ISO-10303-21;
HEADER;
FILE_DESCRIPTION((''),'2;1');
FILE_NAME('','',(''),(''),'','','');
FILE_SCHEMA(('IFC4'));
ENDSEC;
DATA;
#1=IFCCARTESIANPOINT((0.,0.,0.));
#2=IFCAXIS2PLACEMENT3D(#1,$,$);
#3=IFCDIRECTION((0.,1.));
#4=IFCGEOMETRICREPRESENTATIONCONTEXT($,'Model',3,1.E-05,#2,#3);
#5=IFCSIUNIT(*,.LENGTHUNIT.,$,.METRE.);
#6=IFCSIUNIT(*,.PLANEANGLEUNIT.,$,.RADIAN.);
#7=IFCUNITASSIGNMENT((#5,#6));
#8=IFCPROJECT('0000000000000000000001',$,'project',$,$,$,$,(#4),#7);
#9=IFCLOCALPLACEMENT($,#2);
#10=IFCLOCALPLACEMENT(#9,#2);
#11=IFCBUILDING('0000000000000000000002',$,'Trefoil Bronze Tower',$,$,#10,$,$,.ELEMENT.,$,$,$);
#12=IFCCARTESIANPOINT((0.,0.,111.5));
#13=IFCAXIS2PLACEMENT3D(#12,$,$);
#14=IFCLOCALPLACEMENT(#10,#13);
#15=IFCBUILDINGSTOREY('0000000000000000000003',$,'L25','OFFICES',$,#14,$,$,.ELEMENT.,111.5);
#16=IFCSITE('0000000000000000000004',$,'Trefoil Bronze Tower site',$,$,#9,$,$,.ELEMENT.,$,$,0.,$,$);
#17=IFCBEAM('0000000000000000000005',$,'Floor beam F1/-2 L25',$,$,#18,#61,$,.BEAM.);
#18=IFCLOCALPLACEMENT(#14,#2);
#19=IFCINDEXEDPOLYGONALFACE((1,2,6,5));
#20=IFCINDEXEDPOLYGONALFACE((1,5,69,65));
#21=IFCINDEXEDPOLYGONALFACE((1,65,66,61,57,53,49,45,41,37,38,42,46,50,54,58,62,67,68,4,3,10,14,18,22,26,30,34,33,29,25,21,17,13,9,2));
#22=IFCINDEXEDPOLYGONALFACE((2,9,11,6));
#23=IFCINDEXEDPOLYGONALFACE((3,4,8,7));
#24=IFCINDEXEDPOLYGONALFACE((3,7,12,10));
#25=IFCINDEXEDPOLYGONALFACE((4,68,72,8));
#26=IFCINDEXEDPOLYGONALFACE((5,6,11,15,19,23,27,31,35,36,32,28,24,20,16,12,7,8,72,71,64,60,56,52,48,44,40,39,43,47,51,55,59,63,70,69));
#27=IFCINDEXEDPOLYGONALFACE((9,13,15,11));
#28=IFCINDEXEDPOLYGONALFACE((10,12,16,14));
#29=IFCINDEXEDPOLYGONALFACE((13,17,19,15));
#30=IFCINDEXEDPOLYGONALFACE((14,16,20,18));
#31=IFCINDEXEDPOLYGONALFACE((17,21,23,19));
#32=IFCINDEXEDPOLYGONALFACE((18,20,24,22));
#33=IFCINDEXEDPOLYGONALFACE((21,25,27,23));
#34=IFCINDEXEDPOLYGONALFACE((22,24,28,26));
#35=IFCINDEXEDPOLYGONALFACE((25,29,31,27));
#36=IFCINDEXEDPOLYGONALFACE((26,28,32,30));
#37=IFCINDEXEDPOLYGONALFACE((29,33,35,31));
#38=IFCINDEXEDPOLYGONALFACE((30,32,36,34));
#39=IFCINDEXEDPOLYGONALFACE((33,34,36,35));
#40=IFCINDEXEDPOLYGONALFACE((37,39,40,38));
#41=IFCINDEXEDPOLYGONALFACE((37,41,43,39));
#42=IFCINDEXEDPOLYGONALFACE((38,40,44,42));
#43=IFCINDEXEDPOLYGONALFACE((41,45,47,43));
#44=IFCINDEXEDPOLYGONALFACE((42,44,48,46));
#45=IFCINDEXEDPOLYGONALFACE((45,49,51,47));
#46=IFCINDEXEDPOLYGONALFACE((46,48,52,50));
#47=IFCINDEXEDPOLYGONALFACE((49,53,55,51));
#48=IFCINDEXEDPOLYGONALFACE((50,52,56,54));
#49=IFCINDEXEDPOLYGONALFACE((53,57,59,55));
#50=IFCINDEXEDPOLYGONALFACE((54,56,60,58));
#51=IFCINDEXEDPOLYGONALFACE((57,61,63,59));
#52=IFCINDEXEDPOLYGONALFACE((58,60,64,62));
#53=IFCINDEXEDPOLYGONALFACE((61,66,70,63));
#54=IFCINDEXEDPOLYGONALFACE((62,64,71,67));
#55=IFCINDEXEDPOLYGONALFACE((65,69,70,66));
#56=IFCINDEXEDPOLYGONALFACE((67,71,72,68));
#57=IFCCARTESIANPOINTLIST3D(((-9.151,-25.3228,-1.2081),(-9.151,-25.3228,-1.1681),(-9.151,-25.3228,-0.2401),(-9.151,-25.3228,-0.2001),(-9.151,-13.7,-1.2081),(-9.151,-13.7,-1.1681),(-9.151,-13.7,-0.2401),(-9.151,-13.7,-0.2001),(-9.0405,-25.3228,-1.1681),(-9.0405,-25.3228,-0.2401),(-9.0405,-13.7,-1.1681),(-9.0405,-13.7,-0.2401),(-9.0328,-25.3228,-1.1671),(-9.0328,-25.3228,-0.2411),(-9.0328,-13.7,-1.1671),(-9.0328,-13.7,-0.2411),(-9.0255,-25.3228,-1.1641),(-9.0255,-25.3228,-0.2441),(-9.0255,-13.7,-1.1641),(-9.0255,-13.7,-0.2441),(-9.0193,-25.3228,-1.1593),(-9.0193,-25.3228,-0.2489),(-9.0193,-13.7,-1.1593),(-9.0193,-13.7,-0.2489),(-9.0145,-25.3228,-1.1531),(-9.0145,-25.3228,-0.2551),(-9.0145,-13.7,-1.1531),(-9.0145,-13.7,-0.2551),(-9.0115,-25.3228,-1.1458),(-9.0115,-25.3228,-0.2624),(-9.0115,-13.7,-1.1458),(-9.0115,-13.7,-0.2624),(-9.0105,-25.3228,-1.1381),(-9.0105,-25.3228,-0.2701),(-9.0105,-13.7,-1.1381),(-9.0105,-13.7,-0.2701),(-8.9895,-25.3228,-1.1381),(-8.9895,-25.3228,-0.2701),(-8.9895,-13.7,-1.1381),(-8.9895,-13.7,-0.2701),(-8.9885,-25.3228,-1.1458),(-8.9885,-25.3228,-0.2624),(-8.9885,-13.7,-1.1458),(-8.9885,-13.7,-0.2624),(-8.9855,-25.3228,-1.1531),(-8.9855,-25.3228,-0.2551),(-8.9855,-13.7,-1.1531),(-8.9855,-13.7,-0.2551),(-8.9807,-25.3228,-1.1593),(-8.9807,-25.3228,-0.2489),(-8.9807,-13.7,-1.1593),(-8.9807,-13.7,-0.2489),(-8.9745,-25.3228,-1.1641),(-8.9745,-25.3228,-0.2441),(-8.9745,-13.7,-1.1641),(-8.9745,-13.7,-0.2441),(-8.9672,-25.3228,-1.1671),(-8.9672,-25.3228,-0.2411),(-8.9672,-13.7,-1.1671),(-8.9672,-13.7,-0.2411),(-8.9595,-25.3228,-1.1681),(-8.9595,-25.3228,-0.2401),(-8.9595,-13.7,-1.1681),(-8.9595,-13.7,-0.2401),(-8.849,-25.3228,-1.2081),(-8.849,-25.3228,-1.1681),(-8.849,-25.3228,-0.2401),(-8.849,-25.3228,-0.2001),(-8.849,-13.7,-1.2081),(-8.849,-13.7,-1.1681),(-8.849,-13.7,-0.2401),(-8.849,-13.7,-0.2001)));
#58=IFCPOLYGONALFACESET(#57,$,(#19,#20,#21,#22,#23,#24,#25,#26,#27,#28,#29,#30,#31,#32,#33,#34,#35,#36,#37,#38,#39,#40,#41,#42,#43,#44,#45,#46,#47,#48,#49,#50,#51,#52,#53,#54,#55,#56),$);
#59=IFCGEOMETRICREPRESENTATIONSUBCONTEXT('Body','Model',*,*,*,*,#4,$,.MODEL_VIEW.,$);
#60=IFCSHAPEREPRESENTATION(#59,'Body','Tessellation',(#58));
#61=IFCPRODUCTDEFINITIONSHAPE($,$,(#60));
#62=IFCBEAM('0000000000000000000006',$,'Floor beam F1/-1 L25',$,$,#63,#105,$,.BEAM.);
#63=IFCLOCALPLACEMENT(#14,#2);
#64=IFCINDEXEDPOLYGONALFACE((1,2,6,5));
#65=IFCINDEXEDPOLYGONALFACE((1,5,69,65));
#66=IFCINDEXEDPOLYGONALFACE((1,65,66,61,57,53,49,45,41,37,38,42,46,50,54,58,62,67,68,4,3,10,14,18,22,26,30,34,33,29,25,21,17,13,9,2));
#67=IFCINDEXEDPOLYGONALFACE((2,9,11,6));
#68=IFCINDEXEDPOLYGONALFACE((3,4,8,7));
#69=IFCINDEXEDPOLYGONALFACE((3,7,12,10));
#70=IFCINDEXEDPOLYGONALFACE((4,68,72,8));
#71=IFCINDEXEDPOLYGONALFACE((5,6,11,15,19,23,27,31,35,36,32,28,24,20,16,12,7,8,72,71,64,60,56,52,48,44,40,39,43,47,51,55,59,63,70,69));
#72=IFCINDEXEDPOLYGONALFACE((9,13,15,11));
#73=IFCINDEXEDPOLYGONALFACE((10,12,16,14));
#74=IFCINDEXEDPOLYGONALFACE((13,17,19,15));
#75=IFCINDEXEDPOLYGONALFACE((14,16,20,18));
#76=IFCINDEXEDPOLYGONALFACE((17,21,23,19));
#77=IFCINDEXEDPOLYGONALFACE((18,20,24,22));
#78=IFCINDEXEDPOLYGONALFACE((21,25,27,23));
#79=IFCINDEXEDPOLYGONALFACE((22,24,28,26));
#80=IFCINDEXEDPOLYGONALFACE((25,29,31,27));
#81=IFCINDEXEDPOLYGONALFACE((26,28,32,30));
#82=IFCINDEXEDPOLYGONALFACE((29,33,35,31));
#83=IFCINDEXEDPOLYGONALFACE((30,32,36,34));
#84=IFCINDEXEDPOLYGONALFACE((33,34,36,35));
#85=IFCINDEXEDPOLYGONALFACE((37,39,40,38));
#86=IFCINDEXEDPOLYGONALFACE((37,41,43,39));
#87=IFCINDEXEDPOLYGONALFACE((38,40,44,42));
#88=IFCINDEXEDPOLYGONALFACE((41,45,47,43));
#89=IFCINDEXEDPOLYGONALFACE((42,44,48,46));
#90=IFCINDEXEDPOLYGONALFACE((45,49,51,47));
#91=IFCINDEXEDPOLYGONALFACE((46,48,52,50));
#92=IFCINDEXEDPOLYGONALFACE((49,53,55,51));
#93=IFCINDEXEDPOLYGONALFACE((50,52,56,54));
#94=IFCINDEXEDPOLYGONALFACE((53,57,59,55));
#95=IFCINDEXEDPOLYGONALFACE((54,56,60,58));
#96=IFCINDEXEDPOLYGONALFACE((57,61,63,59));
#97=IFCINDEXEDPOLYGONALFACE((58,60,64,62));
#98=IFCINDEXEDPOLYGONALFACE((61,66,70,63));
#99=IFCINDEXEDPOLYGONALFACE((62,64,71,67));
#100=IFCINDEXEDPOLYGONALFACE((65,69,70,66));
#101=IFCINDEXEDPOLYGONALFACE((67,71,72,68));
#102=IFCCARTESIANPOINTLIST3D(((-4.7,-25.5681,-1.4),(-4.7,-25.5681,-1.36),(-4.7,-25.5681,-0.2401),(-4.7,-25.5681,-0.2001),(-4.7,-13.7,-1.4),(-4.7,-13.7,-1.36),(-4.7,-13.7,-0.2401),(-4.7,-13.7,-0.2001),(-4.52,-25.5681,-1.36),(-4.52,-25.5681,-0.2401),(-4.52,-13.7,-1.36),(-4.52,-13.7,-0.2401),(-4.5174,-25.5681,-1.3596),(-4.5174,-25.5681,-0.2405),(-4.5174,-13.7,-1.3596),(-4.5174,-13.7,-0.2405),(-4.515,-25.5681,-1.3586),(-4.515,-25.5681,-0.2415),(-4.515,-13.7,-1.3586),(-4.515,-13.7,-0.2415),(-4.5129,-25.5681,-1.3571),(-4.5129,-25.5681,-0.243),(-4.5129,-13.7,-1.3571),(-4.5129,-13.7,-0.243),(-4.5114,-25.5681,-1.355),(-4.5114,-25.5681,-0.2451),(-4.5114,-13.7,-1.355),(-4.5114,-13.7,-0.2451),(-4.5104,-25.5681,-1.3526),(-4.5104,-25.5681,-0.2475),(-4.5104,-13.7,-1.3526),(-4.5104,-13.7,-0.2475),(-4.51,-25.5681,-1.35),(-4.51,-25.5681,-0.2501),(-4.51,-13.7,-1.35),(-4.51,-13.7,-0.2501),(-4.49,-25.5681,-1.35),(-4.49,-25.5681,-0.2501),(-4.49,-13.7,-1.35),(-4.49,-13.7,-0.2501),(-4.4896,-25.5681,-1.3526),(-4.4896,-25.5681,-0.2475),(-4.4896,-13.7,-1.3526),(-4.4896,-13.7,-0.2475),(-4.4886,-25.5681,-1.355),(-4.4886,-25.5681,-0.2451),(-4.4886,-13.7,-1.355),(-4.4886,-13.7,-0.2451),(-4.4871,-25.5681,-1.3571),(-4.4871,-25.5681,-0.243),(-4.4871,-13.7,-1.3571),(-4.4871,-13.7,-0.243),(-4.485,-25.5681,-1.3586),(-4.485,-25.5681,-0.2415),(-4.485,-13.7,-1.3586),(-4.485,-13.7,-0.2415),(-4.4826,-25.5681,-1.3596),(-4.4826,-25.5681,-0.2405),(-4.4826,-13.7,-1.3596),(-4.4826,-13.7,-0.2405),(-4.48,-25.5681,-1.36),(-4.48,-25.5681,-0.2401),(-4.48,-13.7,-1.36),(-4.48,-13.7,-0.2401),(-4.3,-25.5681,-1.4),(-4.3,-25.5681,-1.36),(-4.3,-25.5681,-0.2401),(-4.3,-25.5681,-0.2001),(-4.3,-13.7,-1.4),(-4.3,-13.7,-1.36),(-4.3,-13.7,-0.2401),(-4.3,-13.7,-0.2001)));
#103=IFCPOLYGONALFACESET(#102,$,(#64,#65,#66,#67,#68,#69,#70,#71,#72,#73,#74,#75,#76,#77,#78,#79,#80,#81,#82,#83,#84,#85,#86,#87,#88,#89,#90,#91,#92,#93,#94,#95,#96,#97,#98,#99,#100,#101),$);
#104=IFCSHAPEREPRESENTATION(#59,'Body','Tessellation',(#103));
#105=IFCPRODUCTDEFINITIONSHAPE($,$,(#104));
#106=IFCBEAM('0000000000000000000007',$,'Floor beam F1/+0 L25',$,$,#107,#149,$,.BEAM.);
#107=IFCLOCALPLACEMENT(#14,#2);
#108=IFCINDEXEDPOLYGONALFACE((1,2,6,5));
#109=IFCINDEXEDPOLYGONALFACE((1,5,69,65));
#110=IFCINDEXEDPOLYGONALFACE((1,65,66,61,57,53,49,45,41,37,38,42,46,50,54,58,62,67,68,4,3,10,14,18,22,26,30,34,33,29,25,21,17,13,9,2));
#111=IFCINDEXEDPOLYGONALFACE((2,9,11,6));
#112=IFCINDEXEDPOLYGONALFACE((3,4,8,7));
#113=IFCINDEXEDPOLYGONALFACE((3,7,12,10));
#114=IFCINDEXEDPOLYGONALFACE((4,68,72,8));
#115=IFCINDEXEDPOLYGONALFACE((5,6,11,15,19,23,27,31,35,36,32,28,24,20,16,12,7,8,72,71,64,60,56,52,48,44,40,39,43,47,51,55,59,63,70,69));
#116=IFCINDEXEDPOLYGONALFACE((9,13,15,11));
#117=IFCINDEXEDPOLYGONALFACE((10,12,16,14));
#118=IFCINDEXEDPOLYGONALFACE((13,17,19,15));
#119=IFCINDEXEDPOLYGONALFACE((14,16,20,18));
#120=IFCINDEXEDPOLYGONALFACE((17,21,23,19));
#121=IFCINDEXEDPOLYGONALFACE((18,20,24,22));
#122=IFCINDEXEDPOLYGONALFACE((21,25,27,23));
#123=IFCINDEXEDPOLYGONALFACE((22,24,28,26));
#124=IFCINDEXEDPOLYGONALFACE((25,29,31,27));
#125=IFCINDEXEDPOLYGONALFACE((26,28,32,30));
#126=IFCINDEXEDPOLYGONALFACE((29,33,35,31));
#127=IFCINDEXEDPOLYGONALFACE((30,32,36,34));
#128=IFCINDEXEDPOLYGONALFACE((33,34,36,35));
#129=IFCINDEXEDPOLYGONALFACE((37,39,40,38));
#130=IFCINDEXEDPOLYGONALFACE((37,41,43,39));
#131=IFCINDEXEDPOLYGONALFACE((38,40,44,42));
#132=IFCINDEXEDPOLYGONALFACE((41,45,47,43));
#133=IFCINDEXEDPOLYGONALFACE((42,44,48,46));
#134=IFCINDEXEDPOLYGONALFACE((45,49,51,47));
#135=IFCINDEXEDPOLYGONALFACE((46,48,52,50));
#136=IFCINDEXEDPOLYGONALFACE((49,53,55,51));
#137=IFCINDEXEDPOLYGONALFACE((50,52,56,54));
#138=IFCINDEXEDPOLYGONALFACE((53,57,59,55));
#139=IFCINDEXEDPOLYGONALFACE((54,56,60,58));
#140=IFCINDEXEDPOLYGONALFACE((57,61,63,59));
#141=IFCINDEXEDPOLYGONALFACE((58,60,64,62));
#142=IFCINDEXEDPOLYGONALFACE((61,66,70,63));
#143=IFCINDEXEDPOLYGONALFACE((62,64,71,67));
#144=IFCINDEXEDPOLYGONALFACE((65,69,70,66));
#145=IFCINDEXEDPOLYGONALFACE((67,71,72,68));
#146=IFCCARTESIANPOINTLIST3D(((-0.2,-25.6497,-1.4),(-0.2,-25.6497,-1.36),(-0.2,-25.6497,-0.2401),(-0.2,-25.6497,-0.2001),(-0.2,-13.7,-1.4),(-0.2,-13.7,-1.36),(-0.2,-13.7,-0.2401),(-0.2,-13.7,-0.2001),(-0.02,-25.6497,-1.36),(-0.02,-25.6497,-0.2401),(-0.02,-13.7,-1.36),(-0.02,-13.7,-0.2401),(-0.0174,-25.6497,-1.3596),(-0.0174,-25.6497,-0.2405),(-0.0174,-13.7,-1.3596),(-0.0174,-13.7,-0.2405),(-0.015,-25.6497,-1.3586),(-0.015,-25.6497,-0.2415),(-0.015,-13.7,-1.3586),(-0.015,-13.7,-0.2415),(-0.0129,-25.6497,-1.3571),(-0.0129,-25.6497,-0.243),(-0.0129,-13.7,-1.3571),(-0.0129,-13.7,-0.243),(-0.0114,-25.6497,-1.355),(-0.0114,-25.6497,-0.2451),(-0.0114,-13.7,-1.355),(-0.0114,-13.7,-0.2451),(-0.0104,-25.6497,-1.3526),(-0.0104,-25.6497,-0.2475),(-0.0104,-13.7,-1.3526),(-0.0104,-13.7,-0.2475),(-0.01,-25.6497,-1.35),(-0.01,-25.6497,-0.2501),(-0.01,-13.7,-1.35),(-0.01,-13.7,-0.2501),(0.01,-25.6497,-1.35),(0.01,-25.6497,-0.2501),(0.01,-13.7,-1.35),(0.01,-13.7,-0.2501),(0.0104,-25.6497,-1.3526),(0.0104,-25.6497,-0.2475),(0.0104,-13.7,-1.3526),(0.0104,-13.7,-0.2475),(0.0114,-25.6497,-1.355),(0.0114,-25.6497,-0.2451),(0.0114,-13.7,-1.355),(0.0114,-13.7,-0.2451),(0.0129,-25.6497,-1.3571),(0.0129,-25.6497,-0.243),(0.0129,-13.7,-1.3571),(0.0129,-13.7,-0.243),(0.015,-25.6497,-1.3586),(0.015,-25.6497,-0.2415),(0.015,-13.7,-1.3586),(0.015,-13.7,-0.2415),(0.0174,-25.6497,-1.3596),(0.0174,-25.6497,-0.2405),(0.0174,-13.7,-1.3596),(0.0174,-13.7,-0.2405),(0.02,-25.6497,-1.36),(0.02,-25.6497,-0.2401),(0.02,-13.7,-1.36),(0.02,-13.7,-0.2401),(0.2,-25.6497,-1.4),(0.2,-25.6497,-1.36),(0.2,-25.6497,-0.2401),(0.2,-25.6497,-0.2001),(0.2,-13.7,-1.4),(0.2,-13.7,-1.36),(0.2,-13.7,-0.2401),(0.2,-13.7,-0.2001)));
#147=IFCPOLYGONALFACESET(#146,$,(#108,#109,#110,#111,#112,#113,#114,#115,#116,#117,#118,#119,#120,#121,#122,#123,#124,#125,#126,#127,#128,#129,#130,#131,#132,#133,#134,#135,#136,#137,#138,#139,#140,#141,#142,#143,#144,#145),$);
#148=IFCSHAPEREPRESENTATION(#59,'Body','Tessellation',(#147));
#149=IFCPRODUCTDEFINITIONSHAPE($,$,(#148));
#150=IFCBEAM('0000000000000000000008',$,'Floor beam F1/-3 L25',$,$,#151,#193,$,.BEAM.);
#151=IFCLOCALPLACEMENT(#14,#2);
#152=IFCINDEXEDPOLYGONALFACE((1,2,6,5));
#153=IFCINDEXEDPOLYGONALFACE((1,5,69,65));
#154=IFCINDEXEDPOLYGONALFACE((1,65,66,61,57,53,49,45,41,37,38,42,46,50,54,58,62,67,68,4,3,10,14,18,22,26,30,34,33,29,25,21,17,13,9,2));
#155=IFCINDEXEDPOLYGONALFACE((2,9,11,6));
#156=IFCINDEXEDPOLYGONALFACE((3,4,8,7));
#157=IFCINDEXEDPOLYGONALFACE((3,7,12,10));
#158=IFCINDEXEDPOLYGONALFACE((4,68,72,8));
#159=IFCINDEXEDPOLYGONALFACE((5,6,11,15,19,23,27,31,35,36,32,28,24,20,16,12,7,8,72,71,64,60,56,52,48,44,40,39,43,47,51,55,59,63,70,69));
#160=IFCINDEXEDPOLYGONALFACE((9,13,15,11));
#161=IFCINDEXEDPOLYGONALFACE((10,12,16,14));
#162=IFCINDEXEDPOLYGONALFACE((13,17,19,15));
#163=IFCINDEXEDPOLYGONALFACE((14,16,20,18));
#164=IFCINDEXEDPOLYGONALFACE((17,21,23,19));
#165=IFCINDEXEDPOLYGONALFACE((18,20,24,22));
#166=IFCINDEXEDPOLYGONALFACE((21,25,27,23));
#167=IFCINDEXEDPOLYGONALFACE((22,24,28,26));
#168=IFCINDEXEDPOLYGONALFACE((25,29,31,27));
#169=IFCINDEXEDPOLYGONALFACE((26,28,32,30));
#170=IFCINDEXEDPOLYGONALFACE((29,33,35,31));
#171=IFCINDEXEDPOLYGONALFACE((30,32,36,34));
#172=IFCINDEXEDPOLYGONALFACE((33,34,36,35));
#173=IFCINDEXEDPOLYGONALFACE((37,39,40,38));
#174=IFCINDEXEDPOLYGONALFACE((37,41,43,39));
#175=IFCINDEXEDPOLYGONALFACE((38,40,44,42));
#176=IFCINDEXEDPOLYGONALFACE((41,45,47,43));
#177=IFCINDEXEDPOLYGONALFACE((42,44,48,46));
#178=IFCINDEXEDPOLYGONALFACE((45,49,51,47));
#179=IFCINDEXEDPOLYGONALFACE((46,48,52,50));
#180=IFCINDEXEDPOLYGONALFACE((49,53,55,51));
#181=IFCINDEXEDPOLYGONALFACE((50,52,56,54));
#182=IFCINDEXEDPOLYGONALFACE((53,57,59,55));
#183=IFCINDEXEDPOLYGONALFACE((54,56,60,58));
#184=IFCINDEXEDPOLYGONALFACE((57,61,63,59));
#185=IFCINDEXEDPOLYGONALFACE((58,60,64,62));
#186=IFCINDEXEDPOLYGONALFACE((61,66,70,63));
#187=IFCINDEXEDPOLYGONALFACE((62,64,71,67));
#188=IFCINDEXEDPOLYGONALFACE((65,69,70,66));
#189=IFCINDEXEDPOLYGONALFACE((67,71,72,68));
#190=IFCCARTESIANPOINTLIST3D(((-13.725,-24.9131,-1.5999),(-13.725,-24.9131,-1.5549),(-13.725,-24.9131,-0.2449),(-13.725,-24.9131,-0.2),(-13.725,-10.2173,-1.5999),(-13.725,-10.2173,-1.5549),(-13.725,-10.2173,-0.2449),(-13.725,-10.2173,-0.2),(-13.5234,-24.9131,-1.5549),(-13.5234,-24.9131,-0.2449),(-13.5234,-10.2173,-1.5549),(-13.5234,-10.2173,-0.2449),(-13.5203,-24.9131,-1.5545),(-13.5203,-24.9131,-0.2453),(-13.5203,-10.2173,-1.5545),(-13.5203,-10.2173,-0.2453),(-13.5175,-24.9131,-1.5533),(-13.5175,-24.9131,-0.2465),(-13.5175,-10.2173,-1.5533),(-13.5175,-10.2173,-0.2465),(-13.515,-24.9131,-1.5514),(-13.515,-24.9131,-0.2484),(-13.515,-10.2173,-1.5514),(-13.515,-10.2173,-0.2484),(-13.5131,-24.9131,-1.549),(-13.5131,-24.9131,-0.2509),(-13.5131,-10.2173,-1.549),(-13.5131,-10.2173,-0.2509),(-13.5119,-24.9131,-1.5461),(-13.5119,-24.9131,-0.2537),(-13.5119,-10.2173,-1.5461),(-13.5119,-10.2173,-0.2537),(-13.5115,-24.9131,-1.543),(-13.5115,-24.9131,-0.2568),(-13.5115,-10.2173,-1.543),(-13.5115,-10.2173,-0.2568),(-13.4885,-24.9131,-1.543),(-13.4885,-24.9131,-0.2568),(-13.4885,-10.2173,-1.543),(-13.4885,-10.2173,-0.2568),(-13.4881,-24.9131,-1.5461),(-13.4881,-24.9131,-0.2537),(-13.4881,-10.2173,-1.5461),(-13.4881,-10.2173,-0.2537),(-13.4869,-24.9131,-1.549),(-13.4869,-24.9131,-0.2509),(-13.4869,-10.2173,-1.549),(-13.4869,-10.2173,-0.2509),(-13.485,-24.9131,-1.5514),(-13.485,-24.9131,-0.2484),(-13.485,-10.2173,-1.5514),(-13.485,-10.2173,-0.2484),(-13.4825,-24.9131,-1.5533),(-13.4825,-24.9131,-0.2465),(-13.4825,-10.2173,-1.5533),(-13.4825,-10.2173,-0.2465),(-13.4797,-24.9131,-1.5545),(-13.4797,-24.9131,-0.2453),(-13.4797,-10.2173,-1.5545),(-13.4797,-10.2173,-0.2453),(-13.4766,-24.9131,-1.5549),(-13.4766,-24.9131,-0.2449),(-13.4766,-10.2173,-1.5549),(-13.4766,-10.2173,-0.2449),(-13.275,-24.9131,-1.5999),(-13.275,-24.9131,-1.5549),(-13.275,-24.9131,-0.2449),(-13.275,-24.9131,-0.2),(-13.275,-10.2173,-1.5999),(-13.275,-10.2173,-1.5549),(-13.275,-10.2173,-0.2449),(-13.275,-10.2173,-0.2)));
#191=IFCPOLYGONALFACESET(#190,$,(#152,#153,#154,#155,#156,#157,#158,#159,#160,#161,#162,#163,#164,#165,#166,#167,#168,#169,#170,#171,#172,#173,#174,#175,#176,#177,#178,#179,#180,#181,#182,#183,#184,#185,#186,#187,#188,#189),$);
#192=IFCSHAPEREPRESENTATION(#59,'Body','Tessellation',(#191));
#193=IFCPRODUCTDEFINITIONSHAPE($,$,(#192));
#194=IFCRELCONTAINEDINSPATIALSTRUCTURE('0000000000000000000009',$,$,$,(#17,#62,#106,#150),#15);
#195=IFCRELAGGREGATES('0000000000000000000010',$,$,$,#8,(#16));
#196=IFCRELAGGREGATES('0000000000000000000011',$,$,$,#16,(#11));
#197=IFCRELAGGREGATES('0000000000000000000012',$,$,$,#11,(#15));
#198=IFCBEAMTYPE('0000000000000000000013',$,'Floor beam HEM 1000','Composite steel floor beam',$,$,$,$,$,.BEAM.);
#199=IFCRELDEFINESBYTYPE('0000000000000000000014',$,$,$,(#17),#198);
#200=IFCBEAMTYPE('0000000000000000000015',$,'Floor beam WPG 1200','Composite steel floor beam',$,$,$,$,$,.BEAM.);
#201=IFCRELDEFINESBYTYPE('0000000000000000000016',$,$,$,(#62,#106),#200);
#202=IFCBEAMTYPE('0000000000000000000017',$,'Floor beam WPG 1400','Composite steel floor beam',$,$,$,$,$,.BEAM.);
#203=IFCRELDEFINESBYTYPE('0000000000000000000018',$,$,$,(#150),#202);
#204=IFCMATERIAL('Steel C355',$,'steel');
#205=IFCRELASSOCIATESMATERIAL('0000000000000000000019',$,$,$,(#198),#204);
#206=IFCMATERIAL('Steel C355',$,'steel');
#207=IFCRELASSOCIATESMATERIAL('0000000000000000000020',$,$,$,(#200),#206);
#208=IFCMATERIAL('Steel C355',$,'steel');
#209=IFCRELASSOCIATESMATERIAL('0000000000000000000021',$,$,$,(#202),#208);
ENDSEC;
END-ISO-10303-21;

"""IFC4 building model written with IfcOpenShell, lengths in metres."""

from ifc_helpers import new_model, si_unit, direction, frame, origin, origin_2d, place, context, subcontext, project, spatial, i_section, extrude, material, material_profile, profile_set, type_object, element, save


model = new_model("IFC4")

# Units and contexts
model_context = context("Model", 3, precision=1e-05, world=origin(), true_north=direction((0.0, 1.0)))
body_context = subcontext(model_context, "Body", "Model", "MODEL_VIEW")
ifc_project = project(units=[si_unit("LENGTHUNIT", "METRE"), si_unit("PLANEANGLEUNIT", "RADIAN")], contexts=[model_context])

# Site, building, storey
site_placement = place(None, origin())
site = spatial("IfcSite", under=ifc_project, at=site_placement, Name="Trefoil Bronze Tower site", CompositionType="ELEMENT", RefElevation=0.0)
building_placement = place(site_placement, origin())
building = spatial("IfcBuilding", under=site, at=building_placement, Name="Trefoil Bronze Tower", CompositionType="ELEMENT")
storey_placement = place(building_placement, frame((0.0, 0.0, 111.5)))
storey = spatial("IfcBuildingStorey", under=building, at=storey_placement, Name="L25", Description="OFFICES", CompositionType="ELEMENT", Elevation=111.5)

# Beams
ifc_material_1 = material(Name="Steel C355", Category="steel")
ifc_material_profile_1 = material_profile(ifc_material_1, i_section(OverallWidth=0.302, OverallDepth=1.0081, WebThickness=0.021, FlangeThickness=0.04, FilletRadius=0.03, at=origin_2d()), Name="HEM 1000")
ifc_profile_set_1 = profile_set([ifc_material_profile_1], Name="Steel C355")
beam_type_1 = type_object("IfcBeamType", Name="Floor beam HEM 1000", Description="Composite steel floor beam", PredefinedType="BEAM", material=ifc_profile_set_1)
beam_1_placement = place(storey_placement, frame((-9.0, -25.3228, -0.7041), z_axis=(0.0, 1.0, 0.0), x_axis=(-1.0, 0.0, 0.0)))
element("IfcBeam", 1, at=beam_1_placement, inside=storey, type_object=beam_type_1, Name="Floor beam F1/-2 L25", PredefinedType="BEAM", context=body_context, shape_type="SweptSolid", body=[
    extrude(i_section(OverallWidth=0.302, OverallDepth=1.0081, WebThickness=0.021, FlangeThickness=0.04, FilletRadius=0.03, at=origin_2d()), origin(), (0.0, 0.0, 1.0), 11.6228),
])
ifc_material_2 = material(Name="Steel C355", Category="steel")
ifc_material_profile_2 = material_profile(ifc_material_2, i_section(OverallWidth=0.3999, OverallDepth=1.2, WebThickness=0.02, FlangeThickness=0.04, FilletRadius=0.01, at=origin_2d()), Name="WPG 1200")
ifc_profile_set_2 = profile_set([ifc_material_profile_2], Name="Steel C355")
beam_type_2 = type_object("IfcBeamType", Name="Floor beam WPG 1200", Description="Composite steel floor beam", PredefinedType="BEAM", material=ifc_profile_set_2)
beam_2_placement = place(storey_placement, frame((-4.5, -25.5681, -0.8), z_axis=(0.0, 1.0, 0.0), x_axis=(-1.0, 0.0, 0.0)))
element("IfcBeam", 2, at=beam_2_placement, inside=storey, type_object=beam_type_2, Name="Floor beam F1/-1 L25", PredefinedType="BEAM", context=body_context, shape_type="SweptSolid", body=[
    extrude(i_section(OverallWidth=0.3999, OverallDepth=1.2, WebThickness=0.02, FlangeThickness=0.04, FilletRadius=0.01, at=origin_2d()), origin(), (0.0, 0.0, 1.0), 11.8682),
])
beam_3_placement = place(storey_placement, frame((0.0, -25.6497, -0.8), z_axis=(0.0, 1.0, 0.0), x_axis=(-1.0, 0.0, 0.0)))
element("IfcBeam", 3, at=beam_3_placement, inside=storey, type_object=beam_type_2, Name="Floor beam F1/+0 L25", PredefinedType="BEAM", context=body_context, shape_type="SweptSolid", body=[
    extrude(i_section(OverallWidth=0.3999, OverallDepth=1.2, WebThickness=0.02, FlangeThickness=0.04, FilletRadius=0.01, at=origin_2d()), origin(), (0.0, 0.0, 1.0), 11.9497),
])
ifc_material_3 = material(Name="Steel C355", Category="steel")
ifc_material_profile_3 = material_profile(ifc_material_3, i_section(OverallWidth=0.45, OverallDepth=1.3999, WebThickness=0.0229, FlangeThickness=0.0449, FilletRadius=0.012, at=origin_2d()), Name="WPG 1400")
ifc_profile_set_3 = profile_set([ifc_material_profile_3], Name="Steel C355")
beam_type_3 = type_object("IfcBeamType", Name="Floor beam WPG 1400", Description="Composite steel floor beam", PredefinedType="BEAM", material=ifc_profile_set_3)
beam_4_placement = place(storey_placement, frame((-13.5, -24.9131, -0.8999), z_axis=(0.0, 1.0, 0.0), x_axis=(-1.0, 0.0, 0.0)))
element("IfcBeam", 4, at=beam_4_placement, inside=storey, type_object=beam_type_3, Name="Floor beam F1/-3 L25", PredefinedType="BEAM", context=body_context, shape_type="SweptSolid", body=[
    extrude(i_section(OverallWidth=0.45, OverallDepth=1.3999, WebThickness=0.0229, FlangeThickness=0.0449, FilletRadius=0.012, at=origin_2d()), origin(), (0.0, 0.0, 1.0), 14.6958),
])

save(model, "model.ifc")
